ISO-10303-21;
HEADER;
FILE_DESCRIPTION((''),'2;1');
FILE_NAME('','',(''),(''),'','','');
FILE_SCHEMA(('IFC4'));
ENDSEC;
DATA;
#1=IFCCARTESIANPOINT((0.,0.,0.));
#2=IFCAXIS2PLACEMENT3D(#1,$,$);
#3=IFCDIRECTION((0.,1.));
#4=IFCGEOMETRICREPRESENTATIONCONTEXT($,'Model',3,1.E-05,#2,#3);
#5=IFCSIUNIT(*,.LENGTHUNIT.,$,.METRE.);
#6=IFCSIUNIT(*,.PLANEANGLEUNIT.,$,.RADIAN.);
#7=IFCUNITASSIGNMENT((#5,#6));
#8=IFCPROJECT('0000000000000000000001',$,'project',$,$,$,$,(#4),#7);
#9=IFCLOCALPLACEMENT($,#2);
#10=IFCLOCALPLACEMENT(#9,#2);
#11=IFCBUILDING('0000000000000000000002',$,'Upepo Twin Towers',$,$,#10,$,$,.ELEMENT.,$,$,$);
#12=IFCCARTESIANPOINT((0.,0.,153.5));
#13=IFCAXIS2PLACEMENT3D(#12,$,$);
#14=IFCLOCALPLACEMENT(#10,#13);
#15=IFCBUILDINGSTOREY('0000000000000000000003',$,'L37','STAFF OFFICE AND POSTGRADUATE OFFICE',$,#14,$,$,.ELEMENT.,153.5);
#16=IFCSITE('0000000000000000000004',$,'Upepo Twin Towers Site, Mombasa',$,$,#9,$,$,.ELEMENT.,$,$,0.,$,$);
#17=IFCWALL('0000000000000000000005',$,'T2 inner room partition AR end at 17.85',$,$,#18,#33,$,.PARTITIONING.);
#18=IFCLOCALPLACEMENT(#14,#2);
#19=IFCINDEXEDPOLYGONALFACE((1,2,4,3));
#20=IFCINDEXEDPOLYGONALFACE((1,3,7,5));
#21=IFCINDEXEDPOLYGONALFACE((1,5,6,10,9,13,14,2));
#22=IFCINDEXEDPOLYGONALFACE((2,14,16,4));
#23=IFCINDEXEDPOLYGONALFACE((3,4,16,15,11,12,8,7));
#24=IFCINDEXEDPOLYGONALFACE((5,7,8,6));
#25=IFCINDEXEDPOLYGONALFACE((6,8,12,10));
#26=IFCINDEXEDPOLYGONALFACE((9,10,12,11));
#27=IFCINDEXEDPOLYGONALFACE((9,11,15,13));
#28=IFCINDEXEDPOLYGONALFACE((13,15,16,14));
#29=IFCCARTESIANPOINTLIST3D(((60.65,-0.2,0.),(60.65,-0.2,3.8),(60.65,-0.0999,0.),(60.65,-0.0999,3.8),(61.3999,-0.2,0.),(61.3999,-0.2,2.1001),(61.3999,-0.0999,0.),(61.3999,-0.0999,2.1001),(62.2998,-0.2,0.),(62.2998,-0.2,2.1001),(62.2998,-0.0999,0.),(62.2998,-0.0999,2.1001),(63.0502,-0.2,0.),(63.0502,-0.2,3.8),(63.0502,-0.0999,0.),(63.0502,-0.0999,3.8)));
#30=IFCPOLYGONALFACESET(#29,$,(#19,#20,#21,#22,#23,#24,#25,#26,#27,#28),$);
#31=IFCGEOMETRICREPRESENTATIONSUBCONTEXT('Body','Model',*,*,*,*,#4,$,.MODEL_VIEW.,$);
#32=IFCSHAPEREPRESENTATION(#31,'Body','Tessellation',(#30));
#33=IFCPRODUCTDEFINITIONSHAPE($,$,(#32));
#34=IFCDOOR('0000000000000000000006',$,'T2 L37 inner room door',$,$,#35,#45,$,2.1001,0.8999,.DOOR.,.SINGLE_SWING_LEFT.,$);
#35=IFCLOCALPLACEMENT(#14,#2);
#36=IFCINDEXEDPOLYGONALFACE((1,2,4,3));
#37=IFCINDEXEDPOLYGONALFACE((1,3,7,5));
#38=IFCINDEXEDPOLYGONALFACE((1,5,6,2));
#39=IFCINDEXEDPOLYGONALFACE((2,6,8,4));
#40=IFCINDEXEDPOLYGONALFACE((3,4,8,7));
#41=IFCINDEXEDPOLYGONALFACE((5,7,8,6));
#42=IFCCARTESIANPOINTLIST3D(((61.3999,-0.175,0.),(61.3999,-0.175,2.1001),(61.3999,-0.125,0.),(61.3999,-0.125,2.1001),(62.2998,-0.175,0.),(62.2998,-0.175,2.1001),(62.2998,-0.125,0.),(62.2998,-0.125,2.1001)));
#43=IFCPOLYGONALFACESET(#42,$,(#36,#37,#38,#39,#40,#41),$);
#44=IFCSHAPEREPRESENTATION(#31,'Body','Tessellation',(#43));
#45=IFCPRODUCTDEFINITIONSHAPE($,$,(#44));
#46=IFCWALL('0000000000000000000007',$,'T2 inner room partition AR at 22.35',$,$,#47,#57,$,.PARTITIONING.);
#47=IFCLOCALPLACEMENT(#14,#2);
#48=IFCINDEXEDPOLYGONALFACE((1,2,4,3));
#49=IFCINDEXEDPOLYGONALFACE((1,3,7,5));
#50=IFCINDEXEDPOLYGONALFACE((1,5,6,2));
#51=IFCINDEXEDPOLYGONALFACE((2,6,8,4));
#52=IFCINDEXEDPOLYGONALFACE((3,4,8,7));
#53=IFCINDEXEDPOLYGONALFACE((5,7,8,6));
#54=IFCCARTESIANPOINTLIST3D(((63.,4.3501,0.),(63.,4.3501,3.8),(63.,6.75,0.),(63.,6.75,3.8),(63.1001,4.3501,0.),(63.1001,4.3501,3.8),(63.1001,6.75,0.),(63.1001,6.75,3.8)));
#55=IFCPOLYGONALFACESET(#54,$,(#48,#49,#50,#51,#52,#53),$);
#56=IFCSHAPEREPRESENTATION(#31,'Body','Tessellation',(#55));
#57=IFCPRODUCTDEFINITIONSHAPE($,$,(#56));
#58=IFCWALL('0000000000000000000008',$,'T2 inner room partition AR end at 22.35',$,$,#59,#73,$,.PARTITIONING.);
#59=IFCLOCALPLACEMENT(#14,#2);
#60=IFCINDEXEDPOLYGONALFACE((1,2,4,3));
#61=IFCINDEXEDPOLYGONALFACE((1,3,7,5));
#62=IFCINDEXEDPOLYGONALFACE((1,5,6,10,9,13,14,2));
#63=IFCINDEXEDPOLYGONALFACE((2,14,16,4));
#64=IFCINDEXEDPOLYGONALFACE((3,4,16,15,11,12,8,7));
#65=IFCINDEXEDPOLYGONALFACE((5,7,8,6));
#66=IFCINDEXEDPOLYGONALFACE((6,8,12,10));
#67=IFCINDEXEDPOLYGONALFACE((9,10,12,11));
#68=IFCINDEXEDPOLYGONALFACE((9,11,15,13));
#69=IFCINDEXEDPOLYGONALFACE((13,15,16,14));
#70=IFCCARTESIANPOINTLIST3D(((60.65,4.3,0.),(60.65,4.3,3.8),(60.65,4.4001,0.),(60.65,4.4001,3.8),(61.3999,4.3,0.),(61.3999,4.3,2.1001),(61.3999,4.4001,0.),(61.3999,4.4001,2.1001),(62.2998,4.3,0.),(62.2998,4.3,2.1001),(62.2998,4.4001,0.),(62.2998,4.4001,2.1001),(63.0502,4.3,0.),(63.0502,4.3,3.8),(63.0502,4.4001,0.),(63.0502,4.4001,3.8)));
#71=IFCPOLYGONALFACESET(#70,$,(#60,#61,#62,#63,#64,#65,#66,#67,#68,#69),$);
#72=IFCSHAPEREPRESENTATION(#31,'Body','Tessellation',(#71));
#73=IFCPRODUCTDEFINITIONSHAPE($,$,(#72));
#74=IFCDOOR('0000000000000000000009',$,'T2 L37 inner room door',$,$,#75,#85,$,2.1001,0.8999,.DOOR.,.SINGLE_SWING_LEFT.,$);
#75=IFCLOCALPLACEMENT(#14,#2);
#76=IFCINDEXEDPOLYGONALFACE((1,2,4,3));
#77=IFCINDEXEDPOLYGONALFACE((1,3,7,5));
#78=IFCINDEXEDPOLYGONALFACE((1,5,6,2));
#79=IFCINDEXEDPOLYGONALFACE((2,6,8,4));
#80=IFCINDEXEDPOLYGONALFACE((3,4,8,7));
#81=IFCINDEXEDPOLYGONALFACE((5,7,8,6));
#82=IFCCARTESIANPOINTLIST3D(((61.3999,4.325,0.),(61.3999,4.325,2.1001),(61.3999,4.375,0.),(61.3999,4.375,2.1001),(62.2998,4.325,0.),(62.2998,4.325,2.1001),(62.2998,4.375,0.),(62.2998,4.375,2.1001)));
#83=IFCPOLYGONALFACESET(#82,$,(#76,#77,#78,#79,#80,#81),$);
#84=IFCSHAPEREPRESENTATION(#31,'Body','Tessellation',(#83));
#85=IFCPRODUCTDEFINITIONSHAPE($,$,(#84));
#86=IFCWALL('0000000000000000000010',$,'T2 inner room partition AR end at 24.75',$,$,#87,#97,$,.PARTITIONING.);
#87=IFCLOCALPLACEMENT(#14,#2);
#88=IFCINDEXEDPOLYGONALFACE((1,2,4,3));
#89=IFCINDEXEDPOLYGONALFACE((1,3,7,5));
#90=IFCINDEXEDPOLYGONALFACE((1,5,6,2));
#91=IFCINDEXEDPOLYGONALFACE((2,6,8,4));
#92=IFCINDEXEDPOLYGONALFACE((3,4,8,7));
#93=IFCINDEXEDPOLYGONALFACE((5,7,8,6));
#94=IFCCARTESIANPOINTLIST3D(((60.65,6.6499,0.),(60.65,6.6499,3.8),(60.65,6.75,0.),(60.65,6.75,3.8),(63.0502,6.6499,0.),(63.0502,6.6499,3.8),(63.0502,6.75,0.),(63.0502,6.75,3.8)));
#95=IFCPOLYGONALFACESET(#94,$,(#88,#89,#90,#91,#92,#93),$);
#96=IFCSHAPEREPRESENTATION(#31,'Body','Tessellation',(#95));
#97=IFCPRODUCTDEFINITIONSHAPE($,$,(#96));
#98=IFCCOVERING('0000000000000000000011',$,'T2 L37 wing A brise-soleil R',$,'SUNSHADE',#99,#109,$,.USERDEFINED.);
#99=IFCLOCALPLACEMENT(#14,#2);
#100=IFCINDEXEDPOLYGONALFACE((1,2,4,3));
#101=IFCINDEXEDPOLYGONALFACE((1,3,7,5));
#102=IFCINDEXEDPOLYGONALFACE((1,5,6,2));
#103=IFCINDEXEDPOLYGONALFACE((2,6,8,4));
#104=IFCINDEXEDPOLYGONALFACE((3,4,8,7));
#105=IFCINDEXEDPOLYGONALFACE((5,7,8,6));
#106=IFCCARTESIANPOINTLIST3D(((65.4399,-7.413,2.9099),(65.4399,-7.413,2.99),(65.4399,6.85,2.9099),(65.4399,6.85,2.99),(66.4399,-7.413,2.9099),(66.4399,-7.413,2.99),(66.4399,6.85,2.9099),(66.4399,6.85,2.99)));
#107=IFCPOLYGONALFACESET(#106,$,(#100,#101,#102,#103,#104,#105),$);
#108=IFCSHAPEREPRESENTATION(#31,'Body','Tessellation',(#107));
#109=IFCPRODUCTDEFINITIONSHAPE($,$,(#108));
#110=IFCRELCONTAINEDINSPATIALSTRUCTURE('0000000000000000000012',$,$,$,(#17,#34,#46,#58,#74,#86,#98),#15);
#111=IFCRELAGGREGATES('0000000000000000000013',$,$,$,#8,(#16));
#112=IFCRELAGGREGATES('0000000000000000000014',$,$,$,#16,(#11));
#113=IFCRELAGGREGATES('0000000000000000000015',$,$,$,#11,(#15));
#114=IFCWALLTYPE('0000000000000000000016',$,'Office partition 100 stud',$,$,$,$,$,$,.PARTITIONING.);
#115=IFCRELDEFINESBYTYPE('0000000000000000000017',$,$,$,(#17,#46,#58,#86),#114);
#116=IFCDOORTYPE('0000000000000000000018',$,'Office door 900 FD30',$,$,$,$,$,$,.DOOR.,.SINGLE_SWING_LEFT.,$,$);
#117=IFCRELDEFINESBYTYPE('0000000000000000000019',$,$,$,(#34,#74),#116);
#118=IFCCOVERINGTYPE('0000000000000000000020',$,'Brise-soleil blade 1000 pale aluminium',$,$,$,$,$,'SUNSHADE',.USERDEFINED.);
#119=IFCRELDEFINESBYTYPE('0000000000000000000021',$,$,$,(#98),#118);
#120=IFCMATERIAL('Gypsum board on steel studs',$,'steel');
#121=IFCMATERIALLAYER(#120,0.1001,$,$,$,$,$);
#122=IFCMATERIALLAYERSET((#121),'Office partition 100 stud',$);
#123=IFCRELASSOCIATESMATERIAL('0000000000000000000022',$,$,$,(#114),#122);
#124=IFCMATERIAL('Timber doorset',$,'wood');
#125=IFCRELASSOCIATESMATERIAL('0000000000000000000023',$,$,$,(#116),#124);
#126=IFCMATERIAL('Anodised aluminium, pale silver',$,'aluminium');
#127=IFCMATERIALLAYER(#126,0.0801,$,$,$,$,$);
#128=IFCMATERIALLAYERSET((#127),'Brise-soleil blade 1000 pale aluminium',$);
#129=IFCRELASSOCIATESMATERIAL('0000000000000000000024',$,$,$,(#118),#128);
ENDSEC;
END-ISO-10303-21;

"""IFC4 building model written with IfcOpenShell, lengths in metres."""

from ifc_helpers import new_model, si_unit, direction, frame, frame_2d, origin, origin_2d, place, context, subcontext, project, spatial, rectangle, extrude, material, layer, layer_set, type_object, element, fill, save


model = new_model("IFC4")

# Units and contexts
model_context = context("Model", 3, precision=1e-05, world=origin(), true_north=direction((0.0, 1.0)))
body_context = subcontext(model_context, "Body", "Model", "MODEL_VIEW")
ifc_project = project(units=[si_unit("LENGTHUNIT", "METRE"), si_unit("PLANEANGLEUNIT", "RADIAN")], contexts=[model_context])

# Site, building, storey
site_placement = place(None, origin())
site = spatial("IfcSite", under=ifc_project, at=site_placement, Name="Upepo Twin Towers Site, Mombasa", CompositionType="ELEMENT", RefElevation=0.0)
building_placement = place(site_placement, origin())
building = spatial("IfcBuilding", under=site, at=building_placement, Name="Upepo Twin Towers", CompositionType="ELEMENT")
storey_placement = place(building_placement, frame((0.0, 0.0, 153.5)))
storey = spatial("IfcBuildingStorey", under=building, at=storey_placement, Name="L37", Description="STAFF OFFICE AND POSTGRADUATE OFFICE", CompositionType="ELEMENT", Elevation=153.5)

# Shared definitions
ifc_material_1 = material(Name="Gypsum board on steel studs", Category="steel")
ifc_layer_1 = layer(ifc_material_1, 0.1001)
ifc_layer_set_1 = layer_set([ifc_layer_1], Name="Office partition 100 stud")
wall_type_1 = type_object("IfcWallType", Name="Office partition 100 stud", PredefinedType="PARTITIONING", material=ifc_layer_set_1)

# Wall, opening, door
wall_1_placement = place(storey_placement, frame((60.6499, -0.1499, 0.0), z_axis=(0.0, 0.0, 1.0), x_axis=(1.0, 0.0, 0.0)))
wall_1 = element("IfcWall", 1, at=wall_1_placement, inside=storey, type_object=wall_type_1, Name="T2 inner room partition AR end at 17.85", PredefinedType="PARTITIONING", context=body_context, shape_type="SweptSolid", body=[
    extrude(rectangle(XDim=2.4001, YDim=0.1001, at=frame_2d((1.2002, 0.0))), origin(), (0.0, 0.0, 1.0), 3.8),
])
opening_1_placement = place(wall_1_placement, frame((0.75, 0.0, 0.0)))
opening_1 = element("IfcOpeningElement", 2, at=opening_1_placement, cuts=wall_1, PredefinedType="OPENING", context=body_context, shape_type="SweptSolid", body=[
    extrude(rectangle(XDim=0.8999, YDim=2.1001, at=frame_2d((0.45, 1.05))), frame((0.0, 0.0601, 0.0), z_axis=(0.0, -1.0, 0.0), x_axis=(1.0, 0.0, 0.0)), (0.0, 0.0, 1.0), 0.1201),
])
ifc_material_2 = material(Name="Timber doorset", Category="wood")
door_type = type_object("IfcDoorType", Name="Office door 900 FD30", OperationType="SINGLE_SWING_LEFT", PredefinedType="DOOR", material=ifc_material_2)
door_1_placement = place(opening_1_placement, origin())
door_1 = element("IfcDoor", 3, at=door_1_placement, inside=storey, type_object=door_type, Name="T2 L37 inner room door", OperationType="SINGLE_SWING_LEFT", OverallHeight=2.1001, OverallWidth=0.8999, PredefinedType="DOOR", context=body_context, shape_type="SweptSolid", body=[
    extrude(rectangle(XDim=0.8999, YDim=2.1001, at=frame_2d((0.45, 1.05))), frame((0.0, 0.0249, 0.0), z_axis=(0.0, -1.0, 0.0), x_axis=(1.0, 0.0, 0.0)), (0.0, 0.0, 1.0), 0.05),
])
fill(opening_1, door_1)

# Wall
wall_2_placement = place(storey_placement, frame((63.05, 4.3501, 0.0), z_axis=(0.0, 0.0, 1.0), x_axis=(0.0, 1.0, 0.0)))
element("IfcWall", 4, at=wall_2_placement, inside=storey, type_object=wall_type_1, Name="T2 inner room partition AR at 22.35", PredefinedType="PARTITIONING", context=body_context, shape_type="SweptSolid", body=[
    extrude(rectangle(XDim=2.3999, YDim=0.1001, at=frame_2d((1.2, 0.0))), origin(), (0.0, 0.0, 1.0), 3.8),
])

# Wall, opening, door
wall_3_placement = place(storey_placement, frame((60.6499, 4.3501, 0.0), z_axis=(0.0, 0.0, 1.0), x_axis=(1.0, 0.0, 0.0)))
wall_3 = element("IfcWall", 5, at=wall_3_placement, inside=storey, type_object=wall_type_1, Name="T2 inner room partition AR end at 22.35", PredefinedType="PARTITIONING", context=body_context, shape_type="SweptSolid", body=[
    extrude(rectangle(XDim=2.4001, YDim=0.1001, at=frame_2d((1.2002, 0.0))), origin(), (0.0, 0.0, 1.0), 3.8),
])
opening_2_placement = place(wall_3_placement, frame((0.75, 0.0, 0.0)))
opening_2 = element("IfcOpeningElement", 6, at=opening_2_placement, cuts=wall_3, PredefinedType="OPENING", context=body_context, shape_type="SweptSolid", body=[
    extrude(rectangle(XDim=0.8999, YDim=2.1001, at=frame_2d((0.45, 1.05))), frame((0.0, 0.0601, 0.0), z_axis=(0.0, -1.0, 0.0), x_axis=(1.0, 0.0, 0.0)), (0.0, 0.0, 1.0), 0.1201),
])
door_2_placement = place(opening_2_placement, origin())
door_2 = element("IfcDoor", 7, at=door_2_placement, inside=storey, type_object=door_type, Name="T2 L37 inner room door", OperationType="SINGLE_SWING_LEFT", OverallHeight=2.1001, OverallWidth=0.8999, PredefinedType="DOOR", context=body_context, shape_type="SweptSolid", body=[
    extrude(rectangle(XDim=0.8999, YDim=2.1001, at=frame_2d((0.45, 1.05))), frame((0.0, 0.0249, 0.0), z_axis=(0.0, -1.0, 0.0), x_axis=(1.0, 0.0, 0.0)), (0.0, 0.0, 1.0), 0.05),
])
fill(opening_2, door_2)

# Wall
wall_4_placement = place(storey_placement, frame((60.6499, 6.7, 0.0), z_axis=(0.0, 0.0, 1.0), x_axis=(1.0, 0.0, 0.0)))
element("IfcWall", 8, at=wall_4_placement, inside=storey, type_object=wall_type_1, Name="T2 inner room partition AR end at 24.75", PredefinedType="PARTITIONING", context=body_context, shape_type="SweptSolid", body=[
    extrude(rectangle(XDim=2.4001, YDim=0.1001, at=frame_2d((1.2002, 0.0))), origin(), (0.0, 0.0, 1.0), 3.8),
])

# Covering
ifc_material_3 = material(Name="Anodised aluminium, pale silver", Category="aluminium")
ifc_layer_2 = layer(ifc_material_3, 0.0801)
ifc_layer_set_2 = layer_set([ifc_layer_2], Name="Brise-soleil blade 1000 pale aluminium")
covering_type = type_object("IfcCoveringType", Name="Brise-soleil blade 1000 pale aluminium", ElementType="SUNSHADE", PredefinedType="USERDEFINED", material=ifc_layer_set_2)
covering_placement = place(storey_placement, frame((65.9399, -0.2815, 2.9099), z_axis=(0.0, 0.0, 1.0), x_axis=(0.0, 1.0, 0.0)))
element("IfcCovering", 9, at=covering_placement, inside=storey, type_object=covering_type, Name="T2 L37 wing A brise-soleil R", ObjectType="SUNSHADE", PredefinedType="USERDEFINED", context=body_context, shape_type="SweptSolid", body=[
    extrude(rectangle(XDim=14.2629, YDim=1.0, at=origin_2d()), origin(), (0.0, 0.0, 1.0), 0.0801),
])

save(model, "model.ifc")
